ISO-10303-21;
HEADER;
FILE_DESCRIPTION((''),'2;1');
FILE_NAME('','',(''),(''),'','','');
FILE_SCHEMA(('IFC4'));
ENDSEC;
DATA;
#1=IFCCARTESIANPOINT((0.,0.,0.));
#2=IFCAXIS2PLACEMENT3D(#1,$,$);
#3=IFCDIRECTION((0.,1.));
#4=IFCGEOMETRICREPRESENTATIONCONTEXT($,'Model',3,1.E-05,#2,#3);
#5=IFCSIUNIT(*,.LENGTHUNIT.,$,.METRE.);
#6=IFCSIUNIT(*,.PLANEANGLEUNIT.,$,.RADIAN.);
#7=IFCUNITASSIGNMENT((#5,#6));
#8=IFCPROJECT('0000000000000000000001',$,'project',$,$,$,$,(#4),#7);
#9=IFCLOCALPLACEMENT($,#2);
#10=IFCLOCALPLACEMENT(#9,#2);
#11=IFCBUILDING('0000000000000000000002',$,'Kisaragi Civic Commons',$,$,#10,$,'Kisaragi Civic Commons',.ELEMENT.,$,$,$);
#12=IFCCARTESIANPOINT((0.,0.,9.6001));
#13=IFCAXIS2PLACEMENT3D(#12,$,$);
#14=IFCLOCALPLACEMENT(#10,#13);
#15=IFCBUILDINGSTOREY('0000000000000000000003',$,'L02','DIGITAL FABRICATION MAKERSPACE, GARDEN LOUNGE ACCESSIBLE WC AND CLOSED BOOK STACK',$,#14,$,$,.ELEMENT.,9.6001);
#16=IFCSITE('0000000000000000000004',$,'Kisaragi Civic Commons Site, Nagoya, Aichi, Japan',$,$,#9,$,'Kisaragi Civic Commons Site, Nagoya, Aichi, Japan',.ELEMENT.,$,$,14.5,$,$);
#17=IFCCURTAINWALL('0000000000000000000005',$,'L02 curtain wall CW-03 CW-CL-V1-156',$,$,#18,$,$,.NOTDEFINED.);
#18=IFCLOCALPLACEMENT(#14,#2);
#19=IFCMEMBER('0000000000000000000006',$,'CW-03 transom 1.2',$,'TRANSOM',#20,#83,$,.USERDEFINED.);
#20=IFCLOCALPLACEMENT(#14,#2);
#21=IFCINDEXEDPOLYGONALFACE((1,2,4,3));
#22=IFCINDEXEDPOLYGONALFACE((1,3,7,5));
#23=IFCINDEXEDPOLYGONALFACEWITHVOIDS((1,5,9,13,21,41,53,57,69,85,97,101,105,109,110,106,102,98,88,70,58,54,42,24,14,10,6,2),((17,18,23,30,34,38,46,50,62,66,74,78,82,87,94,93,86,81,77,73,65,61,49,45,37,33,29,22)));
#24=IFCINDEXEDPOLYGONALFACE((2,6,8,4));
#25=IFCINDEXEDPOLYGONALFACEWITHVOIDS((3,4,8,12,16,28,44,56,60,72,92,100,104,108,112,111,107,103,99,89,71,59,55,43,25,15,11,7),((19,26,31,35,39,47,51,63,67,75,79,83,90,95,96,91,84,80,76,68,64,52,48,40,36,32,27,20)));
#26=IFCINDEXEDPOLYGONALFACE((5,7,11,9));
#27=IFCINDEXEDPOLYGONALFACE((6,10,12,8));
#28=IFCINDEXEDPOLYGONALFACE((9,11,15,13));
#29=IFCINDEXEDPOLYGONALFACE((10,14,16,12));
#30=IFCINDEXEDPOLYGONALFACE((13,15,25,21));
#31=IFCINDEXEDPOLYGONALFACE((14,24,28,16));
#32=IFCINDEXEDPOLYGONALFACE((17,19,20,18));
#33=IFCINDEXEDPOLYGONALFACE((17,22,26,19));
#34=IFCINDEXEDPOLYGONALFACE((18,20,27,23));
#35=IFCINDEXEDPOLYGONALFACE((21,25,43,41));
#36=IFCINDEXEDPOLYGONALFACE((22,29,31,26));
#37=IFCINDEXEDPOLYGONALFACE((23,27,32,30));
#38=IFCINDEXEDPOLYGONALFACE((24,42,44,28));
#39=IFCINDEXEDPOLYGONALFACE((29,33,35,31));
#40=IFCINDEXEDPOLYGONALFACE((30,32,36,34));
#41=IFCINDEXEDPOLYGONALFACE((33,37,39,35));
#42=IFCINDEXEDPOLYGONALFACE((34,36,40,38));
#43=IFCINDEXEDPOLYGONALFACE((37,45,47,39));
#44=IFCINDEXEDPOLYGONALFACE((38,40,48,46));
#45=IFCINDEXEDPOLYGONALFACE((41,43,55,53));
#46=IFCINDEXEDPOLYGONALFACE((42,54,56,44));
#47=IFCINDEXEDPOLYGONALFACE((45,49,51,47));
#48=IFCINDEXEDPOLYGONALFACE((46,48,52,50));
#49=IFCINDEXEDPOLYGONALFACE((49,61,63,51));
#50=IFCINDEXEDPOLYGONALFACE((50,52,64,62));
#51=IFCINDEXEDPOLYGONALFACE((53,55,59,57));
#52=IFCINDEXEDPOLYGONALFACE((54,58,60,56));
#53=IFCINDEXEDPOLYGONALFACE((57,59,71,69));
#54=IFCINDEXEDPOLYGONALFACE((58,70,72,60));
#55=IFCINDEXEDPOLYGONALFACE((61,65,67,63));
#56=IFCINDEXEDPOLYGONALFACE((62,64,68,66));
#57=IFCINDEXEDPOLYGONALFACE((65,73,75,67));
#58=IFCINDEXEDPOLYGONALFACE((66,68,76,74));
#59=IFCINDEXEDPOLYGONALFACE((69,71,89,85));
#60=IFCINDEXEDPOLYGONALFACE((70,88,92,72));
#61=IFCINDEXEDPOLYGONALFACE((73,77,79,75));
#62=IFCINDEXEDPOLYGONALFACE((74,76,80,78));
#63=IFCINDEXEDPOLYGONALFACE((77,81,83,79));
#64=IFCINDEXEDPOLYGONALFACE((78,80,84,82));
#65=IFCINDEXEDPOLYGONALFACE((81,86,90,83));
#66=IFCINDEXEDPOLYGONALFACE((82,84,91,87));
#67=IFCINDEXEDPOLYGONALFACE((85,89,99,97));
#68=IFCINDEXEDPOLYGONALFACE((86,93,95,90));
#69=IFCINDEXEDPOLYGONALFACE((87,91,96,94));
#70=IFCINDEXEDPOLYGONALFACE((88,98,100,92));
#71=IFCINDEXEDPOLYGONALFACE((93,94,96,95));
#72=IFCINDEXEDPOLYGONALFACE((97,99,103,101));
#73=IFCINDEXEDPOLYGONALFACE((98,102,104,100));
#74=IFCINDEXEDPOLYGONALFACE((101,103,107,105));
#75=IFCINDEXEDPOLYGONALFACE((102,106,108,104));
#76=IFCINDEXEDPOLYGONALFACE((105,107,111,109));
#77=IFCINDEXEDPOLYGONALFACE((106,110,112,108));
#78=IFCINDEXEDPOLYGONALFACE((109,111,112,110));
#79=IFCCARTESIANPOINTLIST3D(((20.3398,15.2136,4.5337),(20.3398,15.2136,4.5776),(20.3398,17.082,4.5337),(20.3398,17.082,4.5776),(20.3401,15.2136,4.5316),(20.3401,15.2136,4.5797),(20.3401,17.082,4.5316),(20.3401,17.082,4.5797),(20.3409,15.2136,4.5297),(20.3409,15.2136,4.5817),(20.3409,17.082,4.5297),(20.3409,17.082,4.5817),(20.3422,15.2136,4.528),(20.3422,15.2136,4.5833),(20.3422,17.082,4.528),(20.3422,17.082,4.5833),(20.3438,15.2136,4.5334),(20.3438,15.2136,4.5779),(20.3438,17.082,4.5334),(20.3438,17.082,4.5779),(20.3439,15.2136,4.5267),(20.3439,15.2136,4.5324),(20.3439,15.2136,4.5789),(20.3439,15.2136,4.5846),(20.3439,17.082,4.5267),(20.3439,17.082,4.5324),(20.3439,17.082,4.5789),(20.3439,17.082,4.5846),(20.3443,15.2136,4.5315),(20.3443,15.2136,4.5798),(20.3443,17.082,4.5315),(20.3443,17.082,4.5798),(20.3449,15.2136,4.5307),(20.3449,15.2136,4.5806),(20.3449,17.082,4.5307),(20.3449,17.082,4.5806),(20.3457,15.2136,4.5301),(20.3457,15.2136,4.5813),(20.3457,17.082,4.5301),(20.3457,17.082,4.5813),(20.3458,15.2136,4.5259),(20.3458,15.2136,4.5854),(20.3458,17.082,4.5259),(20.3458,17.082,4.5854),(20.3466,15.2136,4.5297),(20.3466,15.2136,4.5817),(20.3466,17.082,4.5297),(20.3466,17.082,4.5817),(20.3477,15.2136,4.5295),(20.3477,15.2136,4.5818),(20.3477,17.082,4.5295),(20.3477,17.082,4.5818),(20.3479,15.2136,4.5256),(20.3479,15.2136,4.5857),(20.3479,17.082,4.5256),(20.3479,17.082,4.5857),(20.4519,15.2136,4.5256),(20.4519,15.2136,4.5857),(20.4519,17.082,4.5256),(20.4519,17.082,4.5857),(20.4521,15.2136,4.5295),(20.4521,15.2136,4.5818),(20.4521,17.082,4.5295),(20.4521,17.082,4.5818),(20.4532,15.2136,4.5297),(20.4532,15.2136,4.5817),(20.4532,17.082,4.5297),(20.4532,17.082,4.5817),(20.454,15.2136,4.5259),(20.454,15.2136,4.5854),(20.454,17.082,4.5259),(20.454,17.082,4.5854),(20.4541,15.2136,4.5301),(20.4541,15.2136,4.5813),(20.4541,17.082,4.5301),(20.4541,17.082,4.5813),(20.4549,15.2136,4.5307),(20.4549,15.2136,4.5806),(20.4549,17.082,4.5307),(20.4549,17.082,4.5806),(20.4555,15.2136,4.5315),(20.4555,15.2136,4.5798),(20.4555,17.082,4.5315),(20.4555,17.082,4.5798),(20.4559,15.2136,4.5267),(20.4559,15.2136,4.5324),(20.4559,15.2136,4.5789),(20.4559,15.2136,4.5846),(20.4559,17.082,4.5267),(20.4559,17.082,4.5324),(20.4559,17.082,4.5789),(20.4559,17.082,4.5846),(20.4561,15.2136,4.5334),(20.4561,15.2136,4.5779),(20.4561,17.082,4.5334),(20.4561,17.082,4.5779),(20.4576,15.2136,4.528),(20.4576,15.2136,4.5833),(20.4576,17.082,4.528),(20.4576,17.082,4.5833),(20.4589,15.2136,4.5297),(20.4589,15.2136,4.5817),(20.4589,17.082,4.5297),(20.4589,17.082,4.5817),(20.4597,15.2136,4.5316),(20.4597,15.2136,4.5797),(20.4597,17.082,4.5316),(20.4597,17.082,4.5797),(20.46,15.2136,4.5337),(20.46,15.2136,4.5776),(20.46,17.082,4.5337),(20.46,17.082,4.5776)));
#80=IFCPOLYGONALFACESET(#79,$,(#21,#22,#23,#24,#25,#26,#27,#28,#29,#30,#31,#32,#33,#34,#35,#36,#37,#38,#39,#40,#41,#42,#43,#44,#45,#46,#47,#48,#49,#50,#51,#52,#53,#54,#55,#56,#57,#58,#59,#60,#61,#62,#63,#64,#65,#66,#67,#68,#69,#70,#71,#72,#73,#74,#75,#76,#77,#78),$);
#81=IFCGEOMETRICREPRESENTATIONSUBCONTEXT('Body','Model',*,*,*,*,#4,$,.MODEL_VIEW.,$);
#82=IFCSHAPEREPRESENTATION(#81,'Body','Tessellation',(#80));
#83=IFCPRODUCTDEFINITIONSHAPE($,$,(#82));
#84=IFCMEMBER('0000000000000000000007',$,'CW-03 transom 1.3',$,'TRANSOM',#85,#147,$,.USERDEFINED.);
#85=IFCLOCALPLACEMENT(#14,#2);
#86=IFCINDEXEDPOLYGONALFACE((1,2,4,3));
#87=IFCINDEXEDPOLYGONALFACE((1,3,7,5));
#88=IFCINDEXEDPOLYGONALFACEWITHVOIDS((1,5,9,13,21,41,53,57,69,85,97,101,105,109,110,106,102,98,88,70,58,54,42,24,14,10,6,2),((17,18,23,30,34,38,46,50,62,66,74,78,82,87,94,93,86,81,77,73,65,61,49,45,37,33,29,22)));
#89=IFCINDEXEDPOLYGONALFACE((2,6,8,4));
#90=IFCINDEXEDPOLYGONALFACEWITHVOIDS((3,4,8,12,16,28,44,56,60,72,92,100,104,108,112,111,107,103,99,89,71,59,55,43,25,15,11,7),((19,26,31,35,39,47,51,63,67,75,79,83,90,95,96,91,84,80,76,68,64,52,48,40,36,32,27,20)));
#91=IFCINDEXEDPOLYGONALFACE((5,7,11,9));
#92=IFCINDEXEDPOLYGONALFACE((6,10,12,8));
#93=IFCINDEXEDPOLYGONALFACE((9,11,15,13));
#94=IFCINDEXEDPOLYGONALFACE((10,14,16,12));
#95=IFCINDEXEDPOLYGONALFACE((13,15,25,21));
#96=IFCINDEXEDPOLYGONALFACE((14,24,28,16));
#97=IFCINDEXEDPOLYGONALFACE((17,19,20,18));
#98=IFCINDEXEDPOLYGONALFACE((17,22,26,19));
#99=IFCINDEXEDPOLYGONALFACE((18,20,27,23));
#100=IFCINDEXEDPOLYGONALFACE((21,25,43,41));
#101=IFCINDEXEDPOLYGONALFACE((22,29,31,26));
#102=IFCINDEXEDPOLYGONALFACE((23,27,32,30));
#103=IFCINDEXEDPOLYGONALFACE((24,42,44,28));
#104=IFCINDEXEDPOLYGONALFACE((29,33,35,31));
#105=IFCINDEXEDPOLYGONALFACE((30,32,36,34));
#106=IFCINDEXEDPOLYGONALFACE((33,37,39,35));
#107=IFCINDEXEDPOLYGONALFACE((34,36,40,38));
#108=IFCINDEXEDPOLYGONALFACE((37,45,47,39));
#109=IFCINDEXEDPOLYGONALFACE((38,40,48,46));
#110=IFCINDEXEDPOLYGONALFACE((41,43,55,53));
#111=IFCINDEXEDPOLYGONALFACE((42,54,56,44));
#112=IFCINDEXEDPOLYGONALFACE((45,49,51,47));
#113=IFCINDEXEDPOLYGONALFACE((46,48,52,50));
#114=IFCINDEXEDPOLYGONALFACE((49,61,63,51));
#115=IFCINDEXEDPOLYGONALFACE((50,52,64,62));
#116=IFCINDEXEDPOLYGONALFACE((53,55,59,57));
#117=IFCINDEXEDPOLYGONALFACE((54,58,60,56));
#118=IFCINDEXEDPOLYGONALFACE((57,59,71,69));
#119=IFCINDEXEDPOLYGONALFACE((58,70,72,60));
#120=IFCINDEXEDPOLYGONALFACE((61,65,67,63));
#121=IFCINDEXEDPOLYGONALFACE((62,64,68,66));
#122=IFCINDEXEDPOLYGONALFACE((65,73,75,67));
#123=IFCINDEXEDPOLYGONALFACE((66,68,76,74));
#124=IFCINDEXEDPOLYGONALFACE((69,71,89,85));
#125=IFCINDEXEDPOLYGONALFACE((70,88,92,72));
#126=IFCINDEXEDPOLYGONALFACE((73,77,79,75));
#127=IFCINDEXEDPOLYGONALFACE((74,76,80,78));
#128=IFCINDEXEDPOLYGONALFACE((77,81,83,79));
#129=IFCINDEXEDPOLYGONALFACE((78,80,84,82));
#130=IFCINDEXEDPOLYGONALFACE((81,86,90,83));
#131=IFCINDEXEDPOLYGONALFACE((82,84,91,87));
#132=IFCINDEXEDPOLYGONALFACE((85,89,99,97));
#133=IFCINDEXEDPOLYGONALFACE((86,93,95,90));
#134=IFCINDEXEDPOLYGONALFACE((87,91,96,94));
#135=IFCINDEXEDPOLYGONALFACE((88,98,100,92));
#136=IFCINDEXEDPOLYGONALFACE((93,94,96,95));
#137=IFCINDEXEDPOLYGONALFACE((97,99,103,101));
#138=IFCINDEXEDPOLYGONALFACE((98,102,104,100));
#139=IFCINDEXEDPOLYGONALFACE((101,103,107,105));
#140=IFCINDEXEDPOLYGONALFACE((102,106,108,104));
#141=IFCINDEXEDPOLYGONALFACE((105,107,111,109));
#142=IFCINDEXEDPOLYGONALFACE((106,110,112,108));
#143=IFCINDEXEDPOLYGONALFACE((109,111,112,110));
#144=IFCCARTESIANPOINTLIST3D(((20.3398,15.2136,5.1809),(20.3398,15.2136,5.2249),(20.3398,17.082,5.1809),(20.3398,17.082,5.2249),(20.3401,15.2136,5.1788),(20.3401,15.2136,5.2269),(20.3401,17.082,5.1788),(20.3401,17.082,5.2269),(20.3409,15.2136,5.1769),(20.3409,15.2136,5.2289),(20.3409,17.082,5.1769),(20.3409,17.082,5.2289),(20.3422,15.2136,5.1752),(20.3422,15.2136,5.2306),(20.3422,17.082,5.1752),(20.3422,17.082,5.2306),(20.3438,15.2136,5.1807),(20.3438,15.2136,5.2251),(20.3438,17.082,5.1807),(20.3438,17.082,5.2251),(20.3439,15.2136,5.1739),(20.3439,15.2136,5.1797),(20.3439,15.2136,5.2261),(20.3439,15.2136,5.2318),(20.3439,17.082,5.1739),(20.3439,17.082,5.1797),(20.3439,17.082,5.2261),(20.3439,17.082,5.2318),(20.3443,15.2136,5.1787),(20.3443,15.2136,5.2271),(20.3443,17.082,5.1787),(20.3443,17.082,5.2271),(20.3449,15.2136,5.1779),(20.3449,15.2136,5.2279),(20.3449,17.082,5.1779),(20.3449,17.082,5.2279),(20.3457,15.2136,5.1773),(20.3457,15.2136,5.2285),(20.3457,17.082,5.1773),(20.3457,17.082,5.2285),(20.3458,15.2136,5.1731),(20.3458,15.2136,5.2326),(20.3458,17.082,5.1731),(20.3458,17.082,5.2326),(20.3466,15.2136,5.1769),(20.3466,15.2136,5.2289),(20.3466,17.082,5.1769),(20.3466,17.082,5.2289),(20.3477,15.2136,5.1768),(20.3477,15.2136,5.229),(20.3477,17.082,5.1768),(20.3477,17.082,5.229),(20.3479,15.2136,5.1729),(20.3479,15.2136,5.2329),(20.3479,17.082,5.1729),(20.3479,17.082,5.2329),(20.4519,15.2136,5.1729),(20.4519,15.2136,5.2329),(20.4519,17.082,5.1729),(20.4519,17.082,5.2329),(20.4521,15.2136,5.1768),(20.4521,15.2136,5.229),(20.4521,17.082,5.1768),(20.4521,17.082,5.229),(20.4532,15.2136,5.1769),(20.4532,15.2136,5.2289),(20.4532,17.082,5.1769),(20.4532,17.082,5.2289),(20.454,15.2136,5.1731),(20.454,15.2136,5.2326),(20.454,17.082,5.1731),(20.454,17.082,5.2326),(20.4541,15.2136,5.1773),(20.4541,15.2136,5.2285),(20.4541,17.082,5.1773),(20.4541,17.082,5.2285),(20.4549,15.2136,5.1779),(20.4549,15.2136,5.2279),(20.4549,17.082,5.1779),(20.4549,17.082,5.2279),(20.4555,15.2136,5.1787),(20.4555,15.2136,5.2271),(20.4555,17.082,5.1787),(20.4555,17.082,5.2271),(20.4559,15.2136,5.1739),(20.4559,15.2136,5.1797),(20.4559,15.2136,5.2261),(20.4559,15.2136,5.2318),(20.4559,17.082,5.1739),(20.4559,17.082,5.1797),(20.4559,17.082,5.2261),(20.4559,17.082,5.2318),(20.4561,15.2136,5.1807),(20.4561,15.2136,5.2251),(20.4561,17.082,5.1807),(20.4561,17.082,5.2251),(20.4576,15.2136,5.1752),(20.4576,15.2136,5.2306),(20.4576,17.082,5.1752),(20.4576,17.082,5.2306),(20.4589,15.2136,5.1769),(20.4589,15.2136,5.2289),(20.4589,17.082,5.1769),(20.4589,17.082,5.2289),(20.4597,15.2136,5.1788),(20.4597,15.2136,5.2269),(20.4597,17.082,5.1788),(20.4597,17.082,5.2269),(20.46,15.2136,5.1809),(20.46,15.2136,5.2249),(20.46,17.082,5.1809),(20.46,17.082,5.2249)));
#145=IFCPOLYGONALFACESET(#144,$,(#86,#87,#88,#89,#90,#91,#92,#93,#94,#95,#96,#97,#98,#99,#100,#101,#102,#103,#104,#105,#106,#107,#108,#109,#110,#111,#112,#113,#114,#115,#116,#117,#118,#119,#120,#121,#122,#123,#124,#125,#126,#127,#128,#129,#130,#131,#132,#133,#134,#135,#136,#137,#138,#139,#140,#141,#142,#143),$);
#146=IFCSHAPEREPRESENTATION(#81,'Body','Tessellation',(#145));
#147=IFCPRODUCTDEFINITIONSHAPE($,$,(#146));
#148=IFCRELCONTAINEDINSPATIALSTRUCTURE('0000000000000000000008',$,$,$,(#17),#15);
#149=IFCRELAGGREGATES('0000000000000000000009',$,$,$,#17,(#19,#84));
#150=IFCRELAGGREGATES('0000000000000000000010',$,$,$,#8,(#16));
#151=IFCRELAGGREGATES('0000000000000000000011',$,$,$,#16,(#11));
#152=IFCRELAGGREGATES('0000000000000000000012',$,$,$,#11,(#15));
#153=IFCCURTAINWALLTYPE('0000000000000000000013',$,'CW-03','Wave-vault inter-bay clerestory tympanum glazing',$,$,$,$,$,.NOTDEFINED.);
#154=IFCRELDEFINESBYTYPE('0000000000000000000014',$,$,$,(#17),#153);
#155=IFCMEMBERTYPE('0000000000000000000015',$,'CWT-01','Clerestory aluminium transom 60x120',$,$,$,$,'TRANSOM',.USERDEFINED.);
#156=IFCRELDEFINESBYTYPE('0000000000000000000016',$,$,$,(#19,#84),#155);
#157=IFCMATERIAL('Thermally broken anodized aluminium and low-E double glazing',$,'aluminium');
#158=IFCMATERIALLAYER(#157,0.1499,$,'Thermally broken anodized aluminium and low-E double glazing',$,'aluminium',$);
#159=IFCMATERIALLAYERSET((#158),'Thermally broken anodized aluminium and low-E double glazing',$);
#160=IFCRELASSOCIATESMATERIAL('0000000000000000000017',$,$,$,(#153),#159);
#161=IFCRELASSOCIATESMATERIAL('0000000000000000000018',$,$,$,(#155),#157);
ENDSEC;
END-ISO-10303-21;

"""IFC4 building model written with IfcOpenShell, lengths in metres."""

from ifc_helpers import new_model, si_unit, direction, frame, origin, origin_2d, place, context, subcontext, project, spatial, hollow_rectangle, extrude, material, layer, layer_set, material_profile, profile_set, type_object, element, aggregate, save


model = new_model("IFC4")

# Units and contexts
model_context = context("Model", 3, precision=1e-05, world=origin(), true_north=direction((0.0, 1.0)))
body_context = subcontext(model_context, "Body", "Model", "MODEL_VIEW")
ifc_project = project(units=[si_unit("LENGTHUNIT", "METRE"), si_unit("PLANEANGLEUNIT", "RADIAN")], contexts=[model_context])

# Site, building, storey
site_placement = place(None, origin())
site = spatial("IfcSite", under=ifc_project, at=site_placement, Name="Kisaragi Civic Commons Site, Nagoya, Aichi, Japan", LongName="Kisaragi Civic Commons Site, Nagoya, Aichi, Japan", CompositionType="ELEMENT", RefElevation=14.5)
building_placement = place(site_placement, origin())
building = spatial("IfcBuilding", under=site, at=building_placement, Name="Kisaragi Civic Commons", LongName="Kisaragi Civic Commons", CompositionType="ELEMENT")
storey_placement = place(building_placement, frame((0.0, 0.0, 9.6001)))
storey = spatial("IfcBuildingStorey", under=building, at=storey_placement, Name="L02", Description="DIGITAL FABRICATION MAKERSPACE, GARDEN LOUNGE ACCESSIBLE WC AND CLOSED BOOK STACK", CompositionType="ELEMENT", Elevation=9.6001)

# Shared definitions
ifc_material_1 = material(Name="Thermally broken anodized aluminium and low-E double glazing", Category="aluminium")
ifc_layer_1 = layer(ifc_material_1, 0.1499, Name="Thermally broken anodized aluminium and low-E double glazing", Category="aluminium")
ifc_layer_set_1 = layer_set([ifc_layer_1], Name="Thermally broken anodized aluminium and low-E double glazing")
curtain_wall_type = type_object("IfcCurtainWallType", Name="CW-03", Description="Wave-vault inter-bay clerestory tympanum glazing", PredefinedType="NOTDEFINED", material=ifc_layer_set_1)

# Curtain wall
curtain_wall_1_placement = place(storey_placement, origin())
curtain_wall_1 = element("IfcCurtainWall", 1, at=curtain_wall_1_placement, inside=storey, type_object=curtain_wall_type, Name="L02 curtain wall CW-03 CW-CL-V1-156", PredefinedType="NOTDEFINED")

# Members
ifc_material_profile_1 = material_profile(ifc_material_1, hollow_rectangle(XDim=0.1201, YDim=0.0601, WallThickness=0.0039, InnerFilletRadius=0.0039, OuterFilletRadius=0.0081, at=origin_2d()), Name="CWT-60x120x4", Category="aluminium")
ifc_profile_set_1 = profile_set([ifc_material_profile_1], Name="Thermally broken anodized aluminium and low-E double glazing")
member_type_1 = type_object("IfcMemberType", Name="CWT-01", Description="Clerestory aluminium transom 60x120", ElementType="TRANSOM", PredefinedType="USERDEFINED", material=ifc_profile_set_1)
member_1_placement = place(storey_placement, frame((20.3999, 15.2136, 4.5557), z_axis=(0.0, 1.0, 0.0), x_axis=(-1.0, 0.0, 0.0)))
member_1 = element("IfcMember", 2, at=member_1_placement, type_object=member_type_1, Name="CW-03 transom 1.2", ObjectType="TRANSOM", PredefinedType="USERDEFINED", context=body_context, shape_type="SweptSolid", body=[
    extrude(hollow_rectangle(XDim=0.1201, YDim=0.0601, WallThickness=0.0039, InnerFilletRadius=0.0039, OuterFilletRadius=0.0081, at=origin_2d()), origin(), (0.0, 0.0, 1.0), 1.8684),
])
member_2_placement = place(storey_placement, frame((20.3999, 15.2136, 5.2029), z_axis=(0.0, 1.0, 0.0), x_axis=(-1.0, 0.0, 0.0)))
member_2 = element("IfcMember", 3, at=member_2_placement, type_object=member_type_1, Name="CW-03 transom 1.3", ObjectType="TRANSOM", PredefinedType="USERDEFINED", context=body_context, shape_type="SweptSolid", body=[
    extrude(hollow_rectangle(XDim=0.1201, YDim=0.0601, WallThickness=0.0039, InnerFilletRadius=0.0039, OuterFilletRadius=0.0081, at=origin_2d()), origin(), (0.0, 0.0, 1.0), 1.8684),
])

aggregate(curtain_wall_1, [member_1, member_2])

save(model, "model.ifc")
